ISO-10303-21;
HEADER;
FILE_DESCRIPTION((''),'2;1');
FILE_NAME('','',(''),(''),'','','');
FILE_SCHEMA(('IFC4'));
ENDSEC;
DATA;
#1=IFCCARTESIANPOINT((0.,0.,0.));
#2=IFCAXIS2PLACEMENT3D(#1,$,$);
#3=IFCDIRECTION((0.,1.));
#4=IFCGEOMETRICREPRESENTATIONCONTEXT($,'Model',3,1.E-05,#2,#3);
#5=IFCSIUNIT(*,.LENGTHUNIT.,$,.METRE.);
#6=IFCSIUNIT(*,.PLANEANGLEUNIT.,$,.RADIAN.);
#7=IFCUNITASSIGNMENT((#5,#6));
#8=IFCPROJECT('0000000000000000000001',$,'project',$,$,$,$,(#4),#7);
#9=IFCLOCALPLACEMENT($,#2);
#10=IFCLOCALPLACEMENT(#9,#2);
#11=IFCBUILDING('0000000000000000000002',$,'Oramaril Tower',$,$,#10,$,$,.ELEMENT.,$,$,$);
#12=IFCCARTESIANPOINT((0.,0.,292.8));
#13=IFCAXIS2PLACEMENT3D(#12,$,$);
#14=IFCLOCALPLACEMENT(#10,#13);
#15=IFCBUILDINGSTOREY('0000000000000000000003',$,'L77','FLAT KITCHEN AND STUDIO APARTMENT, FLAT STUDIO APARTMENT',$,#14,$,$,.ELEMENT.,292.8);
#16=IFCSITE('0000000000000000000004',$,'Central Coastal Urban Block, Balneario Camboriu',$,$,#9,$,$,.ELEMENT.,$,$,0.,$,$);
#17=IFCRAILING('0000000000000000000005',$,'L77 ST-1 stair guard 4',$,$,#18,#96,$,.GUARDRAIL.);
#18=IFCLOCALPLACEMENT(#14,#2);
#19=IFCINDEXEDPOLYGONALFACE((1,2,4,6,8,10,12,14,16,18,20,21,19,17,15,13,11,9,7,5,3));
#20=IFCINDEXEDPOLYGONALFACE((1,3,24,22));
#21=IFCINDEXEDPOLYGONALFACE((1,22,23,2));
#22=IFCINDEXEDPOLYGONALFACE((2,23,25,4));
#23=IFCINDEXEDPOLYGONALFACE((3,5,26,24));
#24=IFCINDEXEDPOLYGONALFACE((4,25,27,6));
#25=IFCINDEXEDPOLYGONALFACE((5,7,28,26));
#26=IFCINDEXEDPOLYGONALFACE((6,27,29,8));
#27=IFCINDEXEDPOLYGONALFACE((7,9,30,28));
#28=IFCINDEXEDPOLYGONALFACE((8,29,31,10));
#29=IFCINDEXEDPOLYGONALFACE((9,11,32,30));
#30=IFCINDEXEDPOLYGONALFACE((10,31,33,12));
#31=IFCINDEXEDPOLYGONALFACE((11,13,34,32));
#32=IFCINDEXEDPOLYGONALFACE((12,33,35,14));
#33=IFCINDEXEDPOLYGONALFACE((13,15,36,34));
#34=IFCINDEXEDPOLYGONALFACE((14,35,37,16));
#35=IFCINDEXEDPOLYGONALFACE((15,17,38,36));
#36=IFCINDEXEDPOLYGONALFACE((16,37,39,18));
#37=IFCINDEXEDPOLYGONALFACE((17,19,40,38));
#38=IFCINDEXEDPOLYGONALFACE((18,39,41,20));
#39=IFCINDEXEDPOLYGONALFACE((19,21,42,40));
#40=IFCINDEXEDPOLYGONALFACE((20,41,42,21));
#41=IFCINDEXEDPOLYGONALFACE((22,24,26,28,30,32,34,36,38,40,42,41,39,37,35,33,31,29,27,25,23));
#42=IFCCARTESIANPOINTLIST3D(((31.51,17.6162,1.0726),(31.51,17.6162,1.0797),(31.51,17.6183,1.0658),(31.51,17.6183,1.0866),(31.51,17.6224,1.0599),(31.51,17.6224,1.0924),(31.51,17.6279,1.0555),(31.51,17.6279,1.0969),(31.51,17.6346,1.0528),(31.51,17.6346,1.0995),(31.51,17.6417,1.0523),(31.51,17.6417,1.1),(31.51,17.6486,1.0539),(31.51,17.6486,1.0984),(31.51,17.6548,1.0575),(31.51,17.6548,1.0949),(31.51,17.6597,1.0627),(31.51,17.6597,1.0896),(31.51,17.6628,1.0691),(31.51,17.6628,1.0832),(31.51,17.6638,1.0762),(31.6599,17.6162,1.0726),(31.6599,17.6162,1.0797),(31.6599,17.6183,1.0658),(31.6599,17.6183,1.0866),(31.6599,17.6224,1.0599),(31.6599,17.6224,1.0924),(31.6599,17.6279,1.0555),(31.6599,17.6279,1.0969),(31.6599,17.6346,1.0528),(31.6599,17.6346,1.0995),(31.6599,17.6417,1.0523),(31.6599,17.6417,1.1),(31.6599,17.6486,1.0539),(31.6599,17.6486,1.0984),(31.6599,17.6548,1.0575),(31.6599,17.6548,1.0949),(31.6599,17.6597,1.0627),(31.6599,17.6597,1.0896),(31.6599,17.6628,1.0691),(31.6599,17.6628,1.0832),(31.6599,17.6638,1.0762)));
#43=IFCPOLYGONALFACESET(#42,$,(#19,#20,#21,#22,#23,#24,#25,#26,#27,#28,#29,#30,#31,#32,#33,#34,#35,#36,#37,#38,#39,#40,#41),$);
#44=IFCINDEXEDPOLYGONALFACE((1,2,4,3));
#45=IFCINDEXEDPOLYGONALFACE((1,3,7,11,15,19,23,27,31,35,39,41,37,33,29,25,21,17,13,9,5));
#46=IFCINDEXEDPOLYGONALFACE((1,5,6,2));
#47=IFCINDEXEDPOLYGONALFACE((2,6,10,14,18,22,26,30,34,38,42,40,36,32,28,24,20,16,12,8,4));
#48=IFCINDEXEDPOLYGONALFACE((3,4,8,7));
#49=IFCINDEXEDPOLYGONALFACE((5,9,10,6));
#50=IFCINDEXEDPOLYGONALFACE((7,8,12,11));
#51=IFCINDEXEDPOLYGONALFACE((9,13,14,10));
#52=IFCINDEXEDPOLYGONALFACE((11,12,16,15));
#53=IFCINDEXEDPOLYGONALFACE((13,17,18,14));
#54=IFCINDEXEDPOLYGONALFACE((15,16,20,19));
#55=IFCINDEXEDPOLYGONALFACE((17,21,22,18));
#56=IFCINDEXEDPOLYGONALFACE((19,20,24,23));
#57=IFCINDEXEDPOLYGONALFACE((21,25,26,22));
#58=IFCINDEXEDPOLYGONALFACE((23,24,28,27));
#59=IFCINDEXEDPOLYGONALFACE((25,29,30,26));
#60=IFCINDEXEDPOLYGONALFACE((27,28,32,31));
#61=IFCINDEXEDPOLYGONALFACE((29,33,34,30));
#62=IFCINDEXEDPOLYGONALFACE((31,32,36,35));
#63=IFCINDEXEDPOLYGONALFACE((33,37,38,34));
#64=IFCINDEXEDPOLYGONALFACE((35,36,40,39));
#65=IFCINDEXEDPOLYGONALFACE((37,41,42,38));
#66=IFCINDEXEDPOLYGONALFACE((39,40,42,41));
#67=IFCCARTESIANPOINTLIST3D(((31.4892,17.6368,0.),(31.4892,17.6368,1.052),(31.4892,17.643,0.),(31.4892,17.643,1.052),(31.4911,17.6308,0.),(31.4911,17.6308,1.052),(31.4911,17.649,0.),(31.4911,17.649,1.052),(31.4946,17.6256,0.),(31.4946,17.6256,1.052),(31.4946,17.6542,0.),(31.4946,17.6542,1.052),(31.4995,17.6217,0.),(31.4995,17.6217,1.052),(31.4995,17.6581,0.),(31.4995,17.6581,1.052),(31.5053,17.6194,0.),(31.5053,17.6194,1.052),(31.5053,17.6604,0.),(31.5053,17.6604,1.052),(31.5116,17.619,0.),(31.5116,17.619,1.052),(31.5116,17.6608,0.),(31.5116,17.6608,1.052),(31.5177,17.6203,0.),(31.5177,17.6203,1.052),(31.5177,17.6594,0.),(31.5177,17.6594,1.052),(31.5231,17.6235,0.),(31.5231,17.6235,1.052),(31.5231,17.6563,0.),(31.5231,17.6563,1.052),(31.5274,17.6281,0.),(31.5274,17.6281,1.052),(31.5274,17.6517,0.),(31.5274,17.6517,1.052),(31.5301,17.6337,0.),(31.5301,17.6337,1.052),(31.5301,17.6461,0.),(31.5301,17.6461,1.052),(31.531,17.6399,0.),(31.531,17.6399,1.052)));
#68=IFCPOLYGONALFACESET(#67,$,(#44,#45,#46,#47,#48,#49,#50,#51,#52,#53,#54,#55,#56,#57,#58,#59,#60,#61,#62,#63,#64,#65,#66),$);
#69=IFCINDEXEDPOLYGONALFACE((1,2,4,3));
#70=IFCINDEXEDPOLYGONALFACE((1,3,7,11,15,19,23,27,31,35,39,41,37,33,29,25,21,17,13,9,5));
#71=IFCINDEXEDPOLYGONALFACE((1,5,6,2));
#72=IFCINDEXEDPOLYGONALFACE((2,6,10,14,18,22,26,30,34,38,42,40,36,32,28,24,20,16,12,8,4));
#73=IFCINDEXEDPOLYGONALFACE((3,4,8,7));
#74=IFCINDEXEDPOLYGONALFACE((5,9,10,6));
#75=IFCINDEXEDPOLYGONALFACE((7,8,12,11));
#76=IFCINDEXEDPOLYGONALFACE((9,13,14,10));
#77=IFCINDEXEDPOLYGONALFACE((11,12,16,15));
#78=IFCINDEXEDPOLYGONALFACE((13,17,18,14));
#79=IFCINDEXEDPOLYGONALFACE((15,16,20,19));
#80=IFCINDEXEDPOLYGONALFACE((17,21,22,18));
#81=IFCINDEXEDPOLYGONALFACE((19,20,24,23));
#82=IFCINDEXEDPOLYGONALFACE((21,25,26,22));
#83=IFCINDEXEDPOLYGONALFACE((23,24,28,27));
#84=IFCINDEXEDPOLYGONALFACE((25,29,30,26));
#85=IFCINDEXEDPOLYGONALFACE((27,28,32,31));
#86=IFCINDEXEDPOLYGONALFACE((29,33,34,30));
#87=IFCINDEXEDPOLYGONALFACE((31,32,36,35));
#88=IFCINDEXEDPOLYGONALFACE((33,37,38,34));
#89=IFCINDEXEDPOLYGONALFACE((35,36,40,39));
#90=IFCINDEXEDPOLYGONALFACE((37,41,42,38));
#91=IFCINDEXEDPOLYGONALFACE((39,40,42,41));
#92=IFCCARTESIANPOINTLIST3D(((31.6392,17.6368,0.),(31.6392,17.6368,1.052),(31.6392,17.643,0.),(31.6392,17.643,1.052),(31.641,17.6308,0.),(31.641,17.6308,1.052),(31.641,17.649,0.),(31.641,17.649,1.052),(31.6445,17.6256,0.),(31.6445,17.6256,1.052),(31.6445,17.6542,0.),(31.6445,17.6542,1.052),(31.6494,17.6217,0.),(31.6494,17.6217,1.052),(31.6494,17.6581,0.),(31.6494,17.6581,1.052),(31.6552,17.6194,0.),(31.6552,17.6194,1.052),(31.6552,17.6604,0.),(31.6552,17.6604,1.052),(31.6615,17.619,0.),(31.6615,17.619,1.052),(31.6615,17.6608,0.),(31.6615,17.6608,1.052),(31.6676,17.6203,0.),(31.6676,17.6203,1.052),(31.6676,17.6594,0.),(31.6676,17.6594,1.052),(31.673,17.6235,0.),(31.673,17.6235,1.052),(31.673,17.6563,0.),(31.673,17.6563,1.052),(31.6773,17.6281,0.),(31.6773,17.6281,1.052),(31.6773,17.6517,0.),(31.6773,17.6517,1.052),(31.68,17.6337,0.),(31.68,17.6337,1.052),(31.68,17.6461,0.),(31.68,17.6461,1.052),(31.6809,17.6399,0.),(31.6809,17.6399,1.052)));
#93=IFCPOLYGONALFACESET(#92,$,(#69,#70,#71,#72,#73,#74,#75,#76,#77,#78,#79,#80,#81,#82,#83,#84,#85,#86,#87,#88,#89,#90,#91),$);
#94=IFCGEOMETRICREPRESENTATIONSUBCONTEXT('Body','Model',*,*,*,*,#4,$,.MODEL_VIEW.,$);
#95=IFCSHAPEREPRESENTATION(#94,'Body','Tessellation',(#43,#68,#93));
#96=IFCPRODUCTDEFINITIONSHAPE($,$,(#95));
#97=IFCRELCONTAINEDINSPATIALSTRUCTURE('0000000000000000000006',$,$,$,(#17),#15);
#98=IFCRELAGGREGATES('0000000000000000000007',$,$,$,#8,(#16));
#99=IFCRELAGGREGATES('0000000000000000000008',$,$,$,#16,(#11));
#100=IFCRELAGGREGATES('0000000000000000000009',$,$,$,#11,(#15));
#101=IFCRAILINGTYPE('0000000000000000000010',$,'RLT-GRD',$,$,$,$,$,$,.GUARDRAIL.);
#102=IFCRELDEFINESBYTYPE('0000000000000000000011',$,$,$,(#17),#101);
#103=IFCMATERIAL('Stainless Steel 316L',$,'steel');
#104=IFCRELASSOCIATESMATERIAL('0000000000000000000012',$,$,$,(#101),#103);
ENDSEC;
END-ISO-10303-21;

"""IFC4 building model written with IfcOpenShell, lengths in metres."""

from ifc_helpers import new_model, si_unit, direction, frame, origin, origin_2d, place, context, subcontext, project, spatial, circle, extrude, material, type_object, element, save


model = new_model("IFC4")

# Units and contexts
model_context = context("Model", 3, precision=1e-05, world=origin(), true_north=direction((0.0, 1.0)))
body_context = subcontext(model_context, "Body", "Model", "MODEL_VIEW")
ifc_project = project(units=[si_unit("LENGTHUNIT", "METRE"), si_unit("PLANEANGLEUNIT", "RADIAN")], contexts=[model_context])

# Site, building, storey
site_placement = place(None, origin())
site = spatial("IfcSite", under=ifc_project, at=site_placement, Name="Central Coastal Urban Block, Balneario Camboriu", CompositionType="ELEMENT", RefElevation=0.0)
building_placement = place(site_placement, origin())
building = spatial("IfcBuilding", under=site, at=building_placement, Name="Oramaril Tower", CompositionType="ELEMENT")
storey_placement = place(building_placement, frame((0.0, 0.0, 292.8)))
storey = spatial("IfcBuildingStorey", under=building, at=storey_placement, Name="L77", Description="FLAT KITCHEN AND STUDIO APARTMENT, FLAT STUDIO APARTMENT", CompositionType="ELEMENT", Elevation=292.8)

# Railing
ifc_material_1 = material(Name="Stainless Steel 316L", Category="steel")
railing_type_1 = type_object("IfcRailingType", Name="RLT-GRD", PredefinedType="GUARDRAIL", material=ifc_material_1)
railing_1_placement = place(storey_placement, frame((31.51, 17.6399, 0.0)))
element("IfcRailing", 1, at=railing_1_placement, inside=storey, type_object=railing_type_1, Name="L77 ST-1 stair guard 4", PredefinedType="GUARDRAIL", context=body_context, shape_type="SweptSolid", body=[
    extrude(circle(Radius=0.0239, at=origin_2d()), frame((0.0, 0.0, 1.0762), z_axis=(1.0, 0.0, 0.0), x_axis=(0.0, 1.0, 0.0)), (0.0, 0.0, 1.0), 0.1499),
    extrude(circle(Radius=0.021, at=origin_2d()), origin(), (0.0, 0.0, 1.0), 1.052),
    extrude(circle(Radius=0.021, at=origin_2d()), frame((0.1499, 0.0, 0.0)), (0.0, 0.0, 1.0), 1.052),
])

save(model, "model.ifc")
